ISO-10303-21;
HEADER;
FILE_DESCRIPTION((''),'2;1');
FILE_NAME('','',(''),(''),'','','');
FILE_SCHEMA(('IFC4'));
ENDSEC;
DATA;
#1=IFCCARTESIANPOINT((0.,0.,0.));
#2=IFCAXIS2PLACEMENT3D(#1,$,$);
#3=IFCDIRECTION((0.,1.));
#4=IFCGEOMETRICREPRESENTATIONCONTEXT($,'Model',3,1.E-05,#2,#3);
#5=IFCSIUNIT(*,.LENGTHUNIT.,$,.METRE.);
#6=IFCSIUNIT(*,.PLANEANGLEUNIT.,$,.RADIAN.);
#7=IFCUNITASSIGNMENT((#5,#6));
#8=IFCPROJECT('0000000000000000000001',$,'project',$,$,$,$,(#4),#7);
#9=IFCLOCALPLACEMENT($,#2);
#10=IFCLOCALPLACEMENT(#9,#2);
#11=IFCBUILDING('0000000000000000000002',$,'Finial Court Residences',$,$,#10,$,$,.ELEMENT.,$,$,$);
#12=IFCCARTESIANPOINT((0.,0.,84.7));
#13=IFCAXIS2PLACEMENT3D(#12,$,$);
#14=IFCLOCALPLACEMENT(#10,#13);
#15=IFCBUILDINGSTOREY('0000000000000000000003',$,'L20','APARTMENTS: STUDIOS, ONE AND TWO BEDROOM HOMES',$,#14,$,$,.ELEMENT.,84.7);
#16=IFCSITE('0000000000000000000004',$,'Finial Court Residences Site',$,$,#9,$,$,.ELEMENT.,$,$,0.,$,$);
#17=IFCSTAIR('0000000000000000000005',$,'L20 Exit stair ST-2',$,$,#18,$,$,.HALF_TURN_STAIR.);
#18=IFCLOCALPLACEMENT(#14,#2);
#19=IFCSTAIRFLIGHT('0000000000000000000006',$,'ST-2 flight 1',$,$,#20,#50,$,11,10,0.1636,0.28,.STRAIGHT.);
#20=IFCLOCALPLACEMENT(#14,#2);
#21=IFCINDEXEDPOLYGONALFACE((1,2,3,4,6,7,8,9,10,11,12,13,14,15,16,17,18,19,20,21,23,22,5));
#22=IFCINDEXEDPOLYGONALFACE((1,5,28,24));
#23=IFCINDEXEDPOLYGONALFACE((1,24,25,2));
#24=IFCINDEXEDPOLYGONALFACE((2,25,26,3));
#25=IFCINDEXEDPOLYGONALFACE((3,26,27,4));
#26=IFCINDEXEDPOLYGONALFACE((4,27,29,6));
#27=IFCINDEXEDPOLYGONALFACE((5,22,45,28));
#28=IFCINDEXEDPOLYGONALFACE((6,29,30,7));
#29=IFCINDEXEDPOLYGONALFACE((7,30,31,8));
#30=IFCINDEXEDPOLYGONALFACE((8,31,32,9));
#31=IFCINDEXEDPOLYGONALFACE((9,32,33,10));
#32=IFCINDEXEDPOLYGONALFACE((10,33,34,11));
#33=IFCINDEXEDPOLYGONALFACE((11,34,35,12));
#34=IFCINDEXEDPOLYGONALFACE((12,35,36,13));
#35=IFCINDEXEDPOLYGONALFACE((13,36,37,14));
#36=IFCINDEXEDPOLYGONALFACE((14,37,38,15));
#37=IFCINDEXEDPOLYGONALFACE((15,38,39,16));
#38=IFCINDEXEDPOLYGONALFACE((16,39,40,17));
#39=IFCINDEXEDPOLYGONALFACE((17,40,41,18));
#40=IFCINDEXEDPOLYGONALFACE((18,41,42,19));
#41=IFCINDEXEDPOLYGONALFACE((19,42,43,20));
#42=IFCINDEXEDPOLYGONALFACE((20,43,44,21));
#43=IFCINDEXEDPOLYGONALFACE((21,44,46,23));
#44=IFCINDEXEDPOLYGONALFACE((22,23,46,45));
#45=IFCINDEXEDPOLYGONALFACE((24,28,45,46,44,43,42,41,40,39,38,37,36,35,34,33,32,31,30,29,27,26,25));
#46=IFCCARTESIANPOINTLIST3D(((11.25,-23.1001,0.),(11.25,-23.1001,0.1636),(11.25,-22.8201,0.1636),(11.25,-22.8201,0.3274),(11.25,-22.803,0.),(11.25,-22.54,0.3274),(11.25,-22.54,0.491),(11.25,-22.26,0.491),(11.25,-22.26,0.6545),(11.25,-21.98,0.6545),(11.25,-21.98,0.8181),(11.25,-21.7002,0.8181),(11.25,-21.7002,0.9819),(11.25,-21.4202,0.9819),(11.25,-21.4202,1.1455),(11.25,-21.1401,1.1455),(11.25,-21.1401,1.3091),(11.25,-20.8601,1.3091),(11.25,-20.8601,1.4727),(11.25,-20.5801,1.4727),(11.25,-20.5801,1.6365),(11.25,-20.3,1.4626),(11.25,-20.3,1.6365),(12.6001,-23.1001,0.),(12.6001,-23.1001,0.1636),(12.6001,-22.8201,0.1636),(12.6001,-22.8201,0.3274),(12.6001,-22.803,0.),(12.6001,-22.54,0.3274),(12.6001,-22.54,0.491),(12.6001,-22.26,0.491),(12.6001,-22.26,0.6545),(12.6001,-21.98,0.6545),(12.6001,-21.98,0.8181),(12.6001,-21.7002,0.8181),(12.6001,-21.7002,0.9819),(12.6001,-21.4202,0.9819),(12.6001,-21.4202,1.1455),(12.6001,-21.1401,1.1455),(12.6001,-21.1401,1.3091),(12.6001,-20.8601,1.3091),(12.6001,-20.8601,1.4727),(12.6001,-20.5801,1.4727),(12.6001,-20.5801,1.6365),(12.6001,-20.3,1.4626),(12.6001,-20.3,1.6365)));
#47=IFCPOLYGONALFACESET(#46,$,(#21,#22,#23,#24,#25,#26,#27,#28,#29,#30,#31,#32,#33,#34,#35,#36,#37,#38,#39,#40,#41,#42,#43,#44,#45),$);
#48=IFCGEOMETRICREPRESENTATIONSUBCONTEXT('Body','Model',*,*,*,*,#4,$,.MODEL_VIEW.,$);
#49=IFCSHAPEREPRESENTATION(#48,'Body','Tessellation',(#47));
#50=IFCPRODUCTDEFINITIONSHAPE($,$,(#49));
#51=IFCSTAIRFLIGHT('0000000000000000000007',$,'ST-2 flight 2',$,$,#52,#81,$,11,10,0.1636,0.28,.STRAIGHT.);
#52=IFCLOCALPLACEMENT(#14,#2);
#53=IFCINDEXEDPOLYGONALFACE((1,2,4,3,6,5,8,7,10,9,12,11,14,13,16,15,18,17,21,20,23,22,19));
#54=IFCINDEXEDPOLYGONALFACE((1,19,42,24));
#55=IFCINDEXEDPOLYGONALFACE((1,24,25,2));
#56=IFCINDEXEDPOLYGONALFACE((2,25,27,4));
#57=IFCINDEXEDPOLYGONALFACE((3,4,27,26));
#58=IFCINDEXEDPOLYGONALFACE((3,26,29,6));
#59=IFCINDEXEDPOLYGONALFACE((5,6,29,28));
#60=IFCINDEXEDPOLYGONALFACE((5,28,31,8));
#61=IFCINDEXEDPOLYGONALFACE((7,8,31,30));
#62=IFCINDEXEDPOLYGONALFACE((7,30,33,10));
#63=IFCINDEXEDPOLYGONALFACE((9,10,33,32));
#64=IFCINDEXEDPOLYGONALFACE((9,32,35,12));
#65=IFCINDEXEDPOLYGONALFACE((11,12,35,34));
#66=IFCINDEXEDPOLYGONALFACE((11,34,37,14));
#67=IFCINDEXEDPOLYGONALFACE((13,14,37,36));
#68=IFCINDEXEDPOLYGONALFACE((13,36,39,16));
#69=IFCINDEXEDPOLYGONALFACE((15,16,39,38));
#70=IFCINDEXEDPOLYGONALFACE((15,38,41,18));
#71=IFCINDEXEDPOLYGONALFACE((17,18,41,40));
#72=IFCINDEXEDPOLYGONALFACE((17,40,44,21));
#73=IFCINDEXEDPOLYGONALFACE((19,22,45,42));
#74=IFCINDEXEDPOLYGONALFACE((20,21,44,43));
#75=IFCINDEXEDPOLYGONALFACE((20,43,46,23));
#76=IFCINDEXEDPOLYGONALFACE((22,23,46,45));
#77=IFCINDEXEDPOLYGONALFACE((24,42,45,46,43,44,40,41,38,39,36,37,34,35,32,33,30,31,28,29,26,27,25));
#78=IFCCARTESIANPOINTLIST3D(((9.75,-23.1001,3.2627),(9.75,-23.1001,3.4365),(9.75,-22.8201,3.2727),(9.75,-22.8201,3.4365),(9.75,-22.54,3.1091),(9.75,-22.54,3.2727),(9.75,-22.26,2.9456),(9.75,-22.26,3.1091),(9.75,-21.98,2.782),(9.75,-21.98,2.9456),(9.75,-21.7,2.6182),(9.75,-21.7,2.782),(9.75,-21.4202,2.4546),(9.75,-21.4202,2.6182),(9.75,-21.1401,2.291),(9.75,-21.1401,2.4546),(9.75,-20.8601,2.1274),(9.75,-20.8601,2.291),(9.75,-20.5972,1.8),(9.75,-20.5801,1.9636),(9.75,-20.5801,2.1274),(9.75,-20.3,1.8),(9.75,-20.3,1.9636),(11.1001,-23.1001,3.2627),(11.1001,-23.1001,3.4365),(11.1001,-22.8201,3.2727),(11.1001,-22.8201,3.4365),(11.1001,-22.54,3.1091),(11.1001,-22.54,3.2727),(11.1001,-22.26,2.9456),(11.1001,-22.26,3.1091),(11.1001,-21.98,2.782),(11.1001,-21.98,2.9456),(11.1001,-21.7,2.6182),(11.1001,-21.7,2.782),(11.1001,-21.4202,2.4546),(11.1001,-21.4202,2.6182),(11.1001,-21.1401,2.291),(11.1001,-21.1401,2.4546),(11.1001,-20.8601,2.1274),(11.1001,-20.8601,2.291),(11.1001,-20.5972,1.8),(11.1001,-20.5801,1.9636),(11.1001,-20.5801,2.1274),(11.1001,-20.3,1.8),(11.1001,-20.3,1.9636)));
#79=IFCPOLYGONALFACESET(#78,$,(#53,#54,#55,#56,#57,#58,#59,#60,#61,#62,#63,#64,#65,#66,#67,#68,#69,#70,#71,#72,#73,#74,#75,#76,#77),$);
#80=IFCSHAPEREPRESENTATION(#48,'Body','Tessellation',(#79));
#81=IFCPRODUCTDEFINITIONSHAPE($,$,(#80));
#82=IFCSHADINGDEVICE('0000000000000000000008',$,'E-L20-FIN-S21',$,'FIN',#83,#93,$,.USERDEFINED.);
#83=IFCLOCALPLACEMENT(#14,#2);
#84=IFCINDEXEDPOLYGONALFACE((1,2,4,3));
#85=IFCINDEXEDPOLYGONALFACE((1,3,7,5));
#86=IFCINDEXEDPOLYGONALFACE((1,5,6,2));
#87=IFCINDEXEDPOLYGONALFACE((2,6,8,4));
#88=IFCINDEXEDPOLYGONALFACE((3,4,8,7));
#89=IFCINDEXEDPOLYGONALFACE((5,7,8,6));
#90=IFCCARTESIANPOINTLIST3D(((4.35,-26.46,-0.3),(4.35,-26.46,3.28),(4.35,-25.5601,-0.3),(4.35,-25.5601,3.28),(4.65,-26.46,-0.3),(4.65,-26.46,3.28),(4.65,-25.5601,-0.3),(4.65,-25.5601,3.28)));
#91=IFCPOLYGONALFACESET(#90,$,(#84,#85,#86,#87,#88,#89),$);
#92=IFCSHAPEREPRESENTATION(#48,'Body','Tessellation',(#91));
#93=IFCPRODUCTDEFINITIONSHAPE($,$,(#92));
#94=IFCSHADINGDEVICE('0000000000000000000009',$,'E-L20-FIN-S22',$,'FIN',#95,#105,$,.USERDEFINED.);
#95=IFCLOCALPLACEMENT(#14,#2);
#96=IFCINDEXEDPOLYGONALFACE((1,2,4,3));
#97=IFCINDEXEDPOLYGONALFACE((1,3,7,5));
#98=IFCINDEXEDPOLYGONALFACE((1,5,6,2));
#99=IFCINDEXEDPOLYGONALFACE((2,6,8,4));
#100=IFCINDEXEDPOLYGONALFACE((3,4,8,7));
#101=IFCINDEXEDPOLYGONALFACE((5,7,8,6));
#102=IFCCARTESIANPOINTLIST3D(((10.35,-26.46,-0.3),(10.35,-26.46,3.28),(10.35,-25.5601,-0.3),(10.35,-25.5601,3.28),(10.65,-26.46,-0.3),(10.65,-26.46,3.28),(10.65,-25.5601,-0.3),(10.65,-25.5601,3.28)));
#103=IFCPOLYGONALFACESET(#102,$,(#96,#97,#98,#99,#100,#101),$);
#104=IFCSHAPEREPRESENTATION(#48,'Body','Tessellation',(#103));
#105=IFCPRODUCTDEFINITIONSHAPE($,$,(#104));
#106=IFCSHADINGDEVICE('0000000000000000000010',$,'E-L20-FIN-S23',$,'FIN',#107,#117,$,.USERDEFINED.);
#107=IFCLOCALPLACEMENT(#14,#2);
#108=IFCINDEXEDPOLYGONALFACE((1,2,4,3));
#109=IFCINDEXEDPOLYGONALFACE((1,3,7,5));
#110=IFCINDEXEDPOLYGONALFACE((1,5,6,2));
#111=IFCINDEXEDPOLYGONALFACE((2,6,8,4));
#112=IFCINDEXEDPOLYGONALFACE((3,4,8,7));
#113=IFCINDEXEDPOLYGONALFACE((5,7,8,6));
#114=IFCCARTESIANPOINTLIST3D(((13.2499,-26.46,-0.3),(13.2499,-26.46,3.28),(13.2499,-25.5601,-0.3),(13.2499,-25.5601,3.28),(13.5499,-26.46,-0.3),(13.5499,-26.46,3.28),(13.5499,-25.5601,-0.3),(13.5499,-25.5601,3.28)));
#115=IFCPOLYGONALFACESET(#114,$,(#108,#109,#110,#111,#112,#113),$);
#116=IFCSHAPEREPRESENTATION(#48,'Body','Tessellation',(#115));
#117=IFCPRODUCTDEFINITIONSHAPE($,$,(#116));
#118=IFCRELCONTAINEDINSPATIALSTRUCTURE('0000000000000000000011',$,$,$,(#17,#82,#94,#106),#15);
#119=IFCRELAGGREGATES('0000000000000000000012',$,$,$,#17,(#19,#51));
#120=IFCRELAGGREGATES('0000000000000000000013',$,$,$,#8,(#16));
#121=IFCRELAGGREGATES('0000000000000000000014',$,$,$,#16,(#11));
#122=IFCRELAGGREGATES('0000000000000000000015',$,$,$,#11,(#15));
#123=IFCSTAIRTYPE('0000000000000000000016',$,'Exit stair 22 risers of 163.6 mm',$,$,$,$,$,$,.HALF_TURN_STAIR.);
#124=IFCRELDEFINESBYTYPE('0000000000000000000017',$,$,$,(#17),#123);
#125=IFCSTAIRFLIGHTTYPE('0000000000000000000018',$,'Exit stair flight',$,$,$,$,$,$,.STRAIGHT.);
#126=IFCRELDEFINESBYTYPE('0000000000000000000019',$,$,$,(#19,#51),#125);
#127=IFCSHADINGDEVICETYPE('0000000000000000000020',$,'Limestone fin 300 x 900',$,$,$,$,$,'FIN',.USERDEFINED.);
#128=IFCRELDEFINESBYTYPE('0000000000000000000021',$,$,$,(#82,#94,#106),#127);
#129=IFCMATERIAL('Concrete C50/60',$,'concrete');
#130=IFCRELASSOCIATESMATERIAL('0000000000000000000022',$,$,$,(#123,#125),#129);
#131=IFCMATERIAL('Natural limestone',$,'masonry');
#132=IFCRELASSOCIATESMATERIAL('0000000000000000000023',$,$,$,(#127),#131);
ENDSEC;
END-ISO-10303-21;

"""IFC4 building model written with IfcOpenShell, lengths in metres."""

from ifc_helpers import new_model, si_unit, direction, frame, origin, origin_2d, place, context, subcontext, project, spatial, polyline, rectangle, outline, extrude, material, type_object, element, aggregate, save


model = new_model("IFC4")

# Units and contexts
model_context = context("Model", 3, precision=1e-05, world=origin(), true_north=direction((0.0, 1.0)))
body_context = subcontext(model_context, "Body", "Model", "MODEL_VIEW")
ifc_project = project(units=[si_unit("LENGTHUNIT", "METRE"), si_unit("PLANEANGLEUNIT", "RADIAN")], contexts=[model_context])

# Site, building, storey
site_placement = place(None, origin())
site = spatial("IfcSite", under=ifc_project, at=site_placement, Name="Finial Court Residences Site", CompositionType="ELEMENT", RefElevation=0.0)
building_placement = place(site_placement, origin())
building = spatial("IfcBuilding", under=site, at=building_placement, Name="Finial Court Residences", CompositionType="ELEMENT")
storey_placement = place(building_placement, frame((0.0, 0.0, 84.7)))
storey = spatial("IfcBuildingStorey", under=building, at=storey_placement, Name="L20", Description="APARTMENTS: STUDIOS, ONE AND TWO BEDROOM HOMES", CompositionType="ELEMENT", Elevation=84.7)

# Stair, stair flights
ifc_material_1 = material(Name="Concrete C50/60", Category="concrete")
stair_type = type_object("IfcStairType", Name="Exit stair 22 risers of 163.6 mm", PredefinedType="HALF_TURN_STAIR", material=ifc_material_1)
stair_placement = place(storey_placement, origin())
stair = element("IfcStair", 1, at=stair_placement, inside=storey, type_object=stair_type, Name="L20 Exit stair ST-2", PredefinedType="HALF_TURN_STAIR")
stair_flight_type = type_object("IfcStairFlightType", Name="Exit stair flight", PredefinedType="STRAIGHT", material=ifc_material_1)
stair_flight_1_placement = place(storey_placement, frame((11.925, -23.1001, 0.0), z_axis=(0.0, 0.0, 1.0), x_axis=(0.0, 1.0, 0.0)))
stair_flight_1 = element("IfcStairFlight", 2, at=stair_flight_1_placement, type_object=stair_flight_type, Name="ST-2 flight 1", NumberOfRisers=11, NumberOfTreads=10, PredefinedType="STRAIGHT", RiserHeight=0.1636, TreadLength=0.28, context=body_context, shape_type="SweptSolid", body=[
    extrude(outline(polyline([(0.0, 0.0), (0.0, 0.1636), (0.28, 0.1636), (0.28, 0.3274), (0.5601, 0.3274), (0.5601, 0.491), (0.8401, 0.491), (0.8401, 0.6545), (1.1201, 0.6545), (1.1201, 0.8181), (1.3999, 0.8181), (1.3999, 0.9819), (1.6799, 0.9819), (1.6799, 1.1455), (1.96, 1.1455), (1.96, 1.3091), (2.24, 1.3091), (2.24, 1.4727), (2.52, 1.4727), (2.52, 1.6365), (2.8, 1.6365), (2.8, 1.8), (2.8, 1.4626), (0.2971, 0.0), (0.0, 0.0)])), frame((0.0, 0.675, 0.0), z_axis=(0.0, -1.0, 0.0), x_axis=(1.0, 0.0, 0.0)), (0.0, 0.0, 1.0), 1.3501),
])
stair_flight_2_placement = place(storey_placement, frame((10.425, -20.3, 1.8), z_axis=(0.0, 0.0, 1.0), x_axis=(0.0, -1.0, 0.0)))
stair_flight_2 = element("IfcStairFlight", 3, at=stair_flight_2_placement, type_object=stair_flight_type, Name="ST-2 flight 2", NumberOfRisers=11, NumberOfTreads=10, PredefinedType="STRAIGHT", RiserHeight=0.1636, TreadLength=0.28, context=body_context, shape_type="SweptSolid", body=[
    extrude(outline(polyline([(0.0, 0.0), (0.0, 0.1636), (0.28, 0.1636), (0.28, 0.3274), (0.5601, 0.3274), (0.5601, 0.491), (0.8401, 0.491), (0.8401, 0.6545), (1.1201, 0.6545), (1.1201, 0.8181), (1.3999, 0.8181), (1.3999, 0.9819), (1.6799, 0.9819), (1.6799, 1.1455), (1.96, 1.1455), (1.96, 1.3091), (2.24, 1.3091), (2.24, 1.4727), (2.52, 1.4727), (2.52, 1.6365), (2.8, 1.6365), (2.8, 1.8), (2.8, 1.4626), (0.2971, 0.0), (0.0, 0.0)])), frame((0.0, 0.675, 0.0), z_axis=(0.0, -1.0, 0.0), x_axis=(1.0, 0.0, 0.0)), (0.0, 0.0, 1.0), 1.3501),
])
aggregate(stair, [stair_flight_1, stair_flight_2])

# Shading devices
ifc_material_2 = material(Name="Natural limestone", Category="masonry")
shading_device_type = type_object("IfcShadingDeviceType", Name="Limestone fin 300 x 900", ElementType="FIN", PredefinedType="USERDEFINED", material=ifc_material_2)
for number, where, z_axis, x_axis, name in (
    (4, (4.5, -26.01, -0.3), (0.0, 0.0, 1.0), (1.0, 0.0, 0.0), "E-L20-FIN-S21"),
    (5, (10.5, -26.01, -0.3), (0.0, 0.0, 1.0), (1.0, 0.0, 0.0), "E-L20-FIN-S22"),
    (6, (13.3999, -26.01, -0.3), (0.0, 0.0, 1.0), (1.0, 0.0, 0.0), "E-L20-FIN-S23"),
):
    element("IfcShadingDevice", number, at=place(storey_placement, frame(where, z_axis=z_axis, x_axis=x_axis)), inside=storey, type_object=shading_device_type, Name=name, ObjectType="FIN", PredefinedType="USERDEFINED", context=body_context, shape_type="SweptSolid", body=[
        extrude(rectangle(XDim=0.3, YDim=0.8999, at=origin_2d()), origin(), (0.0, 0.0, 1.0), 3.5801),
    ])

save(model, "model.ifc")
